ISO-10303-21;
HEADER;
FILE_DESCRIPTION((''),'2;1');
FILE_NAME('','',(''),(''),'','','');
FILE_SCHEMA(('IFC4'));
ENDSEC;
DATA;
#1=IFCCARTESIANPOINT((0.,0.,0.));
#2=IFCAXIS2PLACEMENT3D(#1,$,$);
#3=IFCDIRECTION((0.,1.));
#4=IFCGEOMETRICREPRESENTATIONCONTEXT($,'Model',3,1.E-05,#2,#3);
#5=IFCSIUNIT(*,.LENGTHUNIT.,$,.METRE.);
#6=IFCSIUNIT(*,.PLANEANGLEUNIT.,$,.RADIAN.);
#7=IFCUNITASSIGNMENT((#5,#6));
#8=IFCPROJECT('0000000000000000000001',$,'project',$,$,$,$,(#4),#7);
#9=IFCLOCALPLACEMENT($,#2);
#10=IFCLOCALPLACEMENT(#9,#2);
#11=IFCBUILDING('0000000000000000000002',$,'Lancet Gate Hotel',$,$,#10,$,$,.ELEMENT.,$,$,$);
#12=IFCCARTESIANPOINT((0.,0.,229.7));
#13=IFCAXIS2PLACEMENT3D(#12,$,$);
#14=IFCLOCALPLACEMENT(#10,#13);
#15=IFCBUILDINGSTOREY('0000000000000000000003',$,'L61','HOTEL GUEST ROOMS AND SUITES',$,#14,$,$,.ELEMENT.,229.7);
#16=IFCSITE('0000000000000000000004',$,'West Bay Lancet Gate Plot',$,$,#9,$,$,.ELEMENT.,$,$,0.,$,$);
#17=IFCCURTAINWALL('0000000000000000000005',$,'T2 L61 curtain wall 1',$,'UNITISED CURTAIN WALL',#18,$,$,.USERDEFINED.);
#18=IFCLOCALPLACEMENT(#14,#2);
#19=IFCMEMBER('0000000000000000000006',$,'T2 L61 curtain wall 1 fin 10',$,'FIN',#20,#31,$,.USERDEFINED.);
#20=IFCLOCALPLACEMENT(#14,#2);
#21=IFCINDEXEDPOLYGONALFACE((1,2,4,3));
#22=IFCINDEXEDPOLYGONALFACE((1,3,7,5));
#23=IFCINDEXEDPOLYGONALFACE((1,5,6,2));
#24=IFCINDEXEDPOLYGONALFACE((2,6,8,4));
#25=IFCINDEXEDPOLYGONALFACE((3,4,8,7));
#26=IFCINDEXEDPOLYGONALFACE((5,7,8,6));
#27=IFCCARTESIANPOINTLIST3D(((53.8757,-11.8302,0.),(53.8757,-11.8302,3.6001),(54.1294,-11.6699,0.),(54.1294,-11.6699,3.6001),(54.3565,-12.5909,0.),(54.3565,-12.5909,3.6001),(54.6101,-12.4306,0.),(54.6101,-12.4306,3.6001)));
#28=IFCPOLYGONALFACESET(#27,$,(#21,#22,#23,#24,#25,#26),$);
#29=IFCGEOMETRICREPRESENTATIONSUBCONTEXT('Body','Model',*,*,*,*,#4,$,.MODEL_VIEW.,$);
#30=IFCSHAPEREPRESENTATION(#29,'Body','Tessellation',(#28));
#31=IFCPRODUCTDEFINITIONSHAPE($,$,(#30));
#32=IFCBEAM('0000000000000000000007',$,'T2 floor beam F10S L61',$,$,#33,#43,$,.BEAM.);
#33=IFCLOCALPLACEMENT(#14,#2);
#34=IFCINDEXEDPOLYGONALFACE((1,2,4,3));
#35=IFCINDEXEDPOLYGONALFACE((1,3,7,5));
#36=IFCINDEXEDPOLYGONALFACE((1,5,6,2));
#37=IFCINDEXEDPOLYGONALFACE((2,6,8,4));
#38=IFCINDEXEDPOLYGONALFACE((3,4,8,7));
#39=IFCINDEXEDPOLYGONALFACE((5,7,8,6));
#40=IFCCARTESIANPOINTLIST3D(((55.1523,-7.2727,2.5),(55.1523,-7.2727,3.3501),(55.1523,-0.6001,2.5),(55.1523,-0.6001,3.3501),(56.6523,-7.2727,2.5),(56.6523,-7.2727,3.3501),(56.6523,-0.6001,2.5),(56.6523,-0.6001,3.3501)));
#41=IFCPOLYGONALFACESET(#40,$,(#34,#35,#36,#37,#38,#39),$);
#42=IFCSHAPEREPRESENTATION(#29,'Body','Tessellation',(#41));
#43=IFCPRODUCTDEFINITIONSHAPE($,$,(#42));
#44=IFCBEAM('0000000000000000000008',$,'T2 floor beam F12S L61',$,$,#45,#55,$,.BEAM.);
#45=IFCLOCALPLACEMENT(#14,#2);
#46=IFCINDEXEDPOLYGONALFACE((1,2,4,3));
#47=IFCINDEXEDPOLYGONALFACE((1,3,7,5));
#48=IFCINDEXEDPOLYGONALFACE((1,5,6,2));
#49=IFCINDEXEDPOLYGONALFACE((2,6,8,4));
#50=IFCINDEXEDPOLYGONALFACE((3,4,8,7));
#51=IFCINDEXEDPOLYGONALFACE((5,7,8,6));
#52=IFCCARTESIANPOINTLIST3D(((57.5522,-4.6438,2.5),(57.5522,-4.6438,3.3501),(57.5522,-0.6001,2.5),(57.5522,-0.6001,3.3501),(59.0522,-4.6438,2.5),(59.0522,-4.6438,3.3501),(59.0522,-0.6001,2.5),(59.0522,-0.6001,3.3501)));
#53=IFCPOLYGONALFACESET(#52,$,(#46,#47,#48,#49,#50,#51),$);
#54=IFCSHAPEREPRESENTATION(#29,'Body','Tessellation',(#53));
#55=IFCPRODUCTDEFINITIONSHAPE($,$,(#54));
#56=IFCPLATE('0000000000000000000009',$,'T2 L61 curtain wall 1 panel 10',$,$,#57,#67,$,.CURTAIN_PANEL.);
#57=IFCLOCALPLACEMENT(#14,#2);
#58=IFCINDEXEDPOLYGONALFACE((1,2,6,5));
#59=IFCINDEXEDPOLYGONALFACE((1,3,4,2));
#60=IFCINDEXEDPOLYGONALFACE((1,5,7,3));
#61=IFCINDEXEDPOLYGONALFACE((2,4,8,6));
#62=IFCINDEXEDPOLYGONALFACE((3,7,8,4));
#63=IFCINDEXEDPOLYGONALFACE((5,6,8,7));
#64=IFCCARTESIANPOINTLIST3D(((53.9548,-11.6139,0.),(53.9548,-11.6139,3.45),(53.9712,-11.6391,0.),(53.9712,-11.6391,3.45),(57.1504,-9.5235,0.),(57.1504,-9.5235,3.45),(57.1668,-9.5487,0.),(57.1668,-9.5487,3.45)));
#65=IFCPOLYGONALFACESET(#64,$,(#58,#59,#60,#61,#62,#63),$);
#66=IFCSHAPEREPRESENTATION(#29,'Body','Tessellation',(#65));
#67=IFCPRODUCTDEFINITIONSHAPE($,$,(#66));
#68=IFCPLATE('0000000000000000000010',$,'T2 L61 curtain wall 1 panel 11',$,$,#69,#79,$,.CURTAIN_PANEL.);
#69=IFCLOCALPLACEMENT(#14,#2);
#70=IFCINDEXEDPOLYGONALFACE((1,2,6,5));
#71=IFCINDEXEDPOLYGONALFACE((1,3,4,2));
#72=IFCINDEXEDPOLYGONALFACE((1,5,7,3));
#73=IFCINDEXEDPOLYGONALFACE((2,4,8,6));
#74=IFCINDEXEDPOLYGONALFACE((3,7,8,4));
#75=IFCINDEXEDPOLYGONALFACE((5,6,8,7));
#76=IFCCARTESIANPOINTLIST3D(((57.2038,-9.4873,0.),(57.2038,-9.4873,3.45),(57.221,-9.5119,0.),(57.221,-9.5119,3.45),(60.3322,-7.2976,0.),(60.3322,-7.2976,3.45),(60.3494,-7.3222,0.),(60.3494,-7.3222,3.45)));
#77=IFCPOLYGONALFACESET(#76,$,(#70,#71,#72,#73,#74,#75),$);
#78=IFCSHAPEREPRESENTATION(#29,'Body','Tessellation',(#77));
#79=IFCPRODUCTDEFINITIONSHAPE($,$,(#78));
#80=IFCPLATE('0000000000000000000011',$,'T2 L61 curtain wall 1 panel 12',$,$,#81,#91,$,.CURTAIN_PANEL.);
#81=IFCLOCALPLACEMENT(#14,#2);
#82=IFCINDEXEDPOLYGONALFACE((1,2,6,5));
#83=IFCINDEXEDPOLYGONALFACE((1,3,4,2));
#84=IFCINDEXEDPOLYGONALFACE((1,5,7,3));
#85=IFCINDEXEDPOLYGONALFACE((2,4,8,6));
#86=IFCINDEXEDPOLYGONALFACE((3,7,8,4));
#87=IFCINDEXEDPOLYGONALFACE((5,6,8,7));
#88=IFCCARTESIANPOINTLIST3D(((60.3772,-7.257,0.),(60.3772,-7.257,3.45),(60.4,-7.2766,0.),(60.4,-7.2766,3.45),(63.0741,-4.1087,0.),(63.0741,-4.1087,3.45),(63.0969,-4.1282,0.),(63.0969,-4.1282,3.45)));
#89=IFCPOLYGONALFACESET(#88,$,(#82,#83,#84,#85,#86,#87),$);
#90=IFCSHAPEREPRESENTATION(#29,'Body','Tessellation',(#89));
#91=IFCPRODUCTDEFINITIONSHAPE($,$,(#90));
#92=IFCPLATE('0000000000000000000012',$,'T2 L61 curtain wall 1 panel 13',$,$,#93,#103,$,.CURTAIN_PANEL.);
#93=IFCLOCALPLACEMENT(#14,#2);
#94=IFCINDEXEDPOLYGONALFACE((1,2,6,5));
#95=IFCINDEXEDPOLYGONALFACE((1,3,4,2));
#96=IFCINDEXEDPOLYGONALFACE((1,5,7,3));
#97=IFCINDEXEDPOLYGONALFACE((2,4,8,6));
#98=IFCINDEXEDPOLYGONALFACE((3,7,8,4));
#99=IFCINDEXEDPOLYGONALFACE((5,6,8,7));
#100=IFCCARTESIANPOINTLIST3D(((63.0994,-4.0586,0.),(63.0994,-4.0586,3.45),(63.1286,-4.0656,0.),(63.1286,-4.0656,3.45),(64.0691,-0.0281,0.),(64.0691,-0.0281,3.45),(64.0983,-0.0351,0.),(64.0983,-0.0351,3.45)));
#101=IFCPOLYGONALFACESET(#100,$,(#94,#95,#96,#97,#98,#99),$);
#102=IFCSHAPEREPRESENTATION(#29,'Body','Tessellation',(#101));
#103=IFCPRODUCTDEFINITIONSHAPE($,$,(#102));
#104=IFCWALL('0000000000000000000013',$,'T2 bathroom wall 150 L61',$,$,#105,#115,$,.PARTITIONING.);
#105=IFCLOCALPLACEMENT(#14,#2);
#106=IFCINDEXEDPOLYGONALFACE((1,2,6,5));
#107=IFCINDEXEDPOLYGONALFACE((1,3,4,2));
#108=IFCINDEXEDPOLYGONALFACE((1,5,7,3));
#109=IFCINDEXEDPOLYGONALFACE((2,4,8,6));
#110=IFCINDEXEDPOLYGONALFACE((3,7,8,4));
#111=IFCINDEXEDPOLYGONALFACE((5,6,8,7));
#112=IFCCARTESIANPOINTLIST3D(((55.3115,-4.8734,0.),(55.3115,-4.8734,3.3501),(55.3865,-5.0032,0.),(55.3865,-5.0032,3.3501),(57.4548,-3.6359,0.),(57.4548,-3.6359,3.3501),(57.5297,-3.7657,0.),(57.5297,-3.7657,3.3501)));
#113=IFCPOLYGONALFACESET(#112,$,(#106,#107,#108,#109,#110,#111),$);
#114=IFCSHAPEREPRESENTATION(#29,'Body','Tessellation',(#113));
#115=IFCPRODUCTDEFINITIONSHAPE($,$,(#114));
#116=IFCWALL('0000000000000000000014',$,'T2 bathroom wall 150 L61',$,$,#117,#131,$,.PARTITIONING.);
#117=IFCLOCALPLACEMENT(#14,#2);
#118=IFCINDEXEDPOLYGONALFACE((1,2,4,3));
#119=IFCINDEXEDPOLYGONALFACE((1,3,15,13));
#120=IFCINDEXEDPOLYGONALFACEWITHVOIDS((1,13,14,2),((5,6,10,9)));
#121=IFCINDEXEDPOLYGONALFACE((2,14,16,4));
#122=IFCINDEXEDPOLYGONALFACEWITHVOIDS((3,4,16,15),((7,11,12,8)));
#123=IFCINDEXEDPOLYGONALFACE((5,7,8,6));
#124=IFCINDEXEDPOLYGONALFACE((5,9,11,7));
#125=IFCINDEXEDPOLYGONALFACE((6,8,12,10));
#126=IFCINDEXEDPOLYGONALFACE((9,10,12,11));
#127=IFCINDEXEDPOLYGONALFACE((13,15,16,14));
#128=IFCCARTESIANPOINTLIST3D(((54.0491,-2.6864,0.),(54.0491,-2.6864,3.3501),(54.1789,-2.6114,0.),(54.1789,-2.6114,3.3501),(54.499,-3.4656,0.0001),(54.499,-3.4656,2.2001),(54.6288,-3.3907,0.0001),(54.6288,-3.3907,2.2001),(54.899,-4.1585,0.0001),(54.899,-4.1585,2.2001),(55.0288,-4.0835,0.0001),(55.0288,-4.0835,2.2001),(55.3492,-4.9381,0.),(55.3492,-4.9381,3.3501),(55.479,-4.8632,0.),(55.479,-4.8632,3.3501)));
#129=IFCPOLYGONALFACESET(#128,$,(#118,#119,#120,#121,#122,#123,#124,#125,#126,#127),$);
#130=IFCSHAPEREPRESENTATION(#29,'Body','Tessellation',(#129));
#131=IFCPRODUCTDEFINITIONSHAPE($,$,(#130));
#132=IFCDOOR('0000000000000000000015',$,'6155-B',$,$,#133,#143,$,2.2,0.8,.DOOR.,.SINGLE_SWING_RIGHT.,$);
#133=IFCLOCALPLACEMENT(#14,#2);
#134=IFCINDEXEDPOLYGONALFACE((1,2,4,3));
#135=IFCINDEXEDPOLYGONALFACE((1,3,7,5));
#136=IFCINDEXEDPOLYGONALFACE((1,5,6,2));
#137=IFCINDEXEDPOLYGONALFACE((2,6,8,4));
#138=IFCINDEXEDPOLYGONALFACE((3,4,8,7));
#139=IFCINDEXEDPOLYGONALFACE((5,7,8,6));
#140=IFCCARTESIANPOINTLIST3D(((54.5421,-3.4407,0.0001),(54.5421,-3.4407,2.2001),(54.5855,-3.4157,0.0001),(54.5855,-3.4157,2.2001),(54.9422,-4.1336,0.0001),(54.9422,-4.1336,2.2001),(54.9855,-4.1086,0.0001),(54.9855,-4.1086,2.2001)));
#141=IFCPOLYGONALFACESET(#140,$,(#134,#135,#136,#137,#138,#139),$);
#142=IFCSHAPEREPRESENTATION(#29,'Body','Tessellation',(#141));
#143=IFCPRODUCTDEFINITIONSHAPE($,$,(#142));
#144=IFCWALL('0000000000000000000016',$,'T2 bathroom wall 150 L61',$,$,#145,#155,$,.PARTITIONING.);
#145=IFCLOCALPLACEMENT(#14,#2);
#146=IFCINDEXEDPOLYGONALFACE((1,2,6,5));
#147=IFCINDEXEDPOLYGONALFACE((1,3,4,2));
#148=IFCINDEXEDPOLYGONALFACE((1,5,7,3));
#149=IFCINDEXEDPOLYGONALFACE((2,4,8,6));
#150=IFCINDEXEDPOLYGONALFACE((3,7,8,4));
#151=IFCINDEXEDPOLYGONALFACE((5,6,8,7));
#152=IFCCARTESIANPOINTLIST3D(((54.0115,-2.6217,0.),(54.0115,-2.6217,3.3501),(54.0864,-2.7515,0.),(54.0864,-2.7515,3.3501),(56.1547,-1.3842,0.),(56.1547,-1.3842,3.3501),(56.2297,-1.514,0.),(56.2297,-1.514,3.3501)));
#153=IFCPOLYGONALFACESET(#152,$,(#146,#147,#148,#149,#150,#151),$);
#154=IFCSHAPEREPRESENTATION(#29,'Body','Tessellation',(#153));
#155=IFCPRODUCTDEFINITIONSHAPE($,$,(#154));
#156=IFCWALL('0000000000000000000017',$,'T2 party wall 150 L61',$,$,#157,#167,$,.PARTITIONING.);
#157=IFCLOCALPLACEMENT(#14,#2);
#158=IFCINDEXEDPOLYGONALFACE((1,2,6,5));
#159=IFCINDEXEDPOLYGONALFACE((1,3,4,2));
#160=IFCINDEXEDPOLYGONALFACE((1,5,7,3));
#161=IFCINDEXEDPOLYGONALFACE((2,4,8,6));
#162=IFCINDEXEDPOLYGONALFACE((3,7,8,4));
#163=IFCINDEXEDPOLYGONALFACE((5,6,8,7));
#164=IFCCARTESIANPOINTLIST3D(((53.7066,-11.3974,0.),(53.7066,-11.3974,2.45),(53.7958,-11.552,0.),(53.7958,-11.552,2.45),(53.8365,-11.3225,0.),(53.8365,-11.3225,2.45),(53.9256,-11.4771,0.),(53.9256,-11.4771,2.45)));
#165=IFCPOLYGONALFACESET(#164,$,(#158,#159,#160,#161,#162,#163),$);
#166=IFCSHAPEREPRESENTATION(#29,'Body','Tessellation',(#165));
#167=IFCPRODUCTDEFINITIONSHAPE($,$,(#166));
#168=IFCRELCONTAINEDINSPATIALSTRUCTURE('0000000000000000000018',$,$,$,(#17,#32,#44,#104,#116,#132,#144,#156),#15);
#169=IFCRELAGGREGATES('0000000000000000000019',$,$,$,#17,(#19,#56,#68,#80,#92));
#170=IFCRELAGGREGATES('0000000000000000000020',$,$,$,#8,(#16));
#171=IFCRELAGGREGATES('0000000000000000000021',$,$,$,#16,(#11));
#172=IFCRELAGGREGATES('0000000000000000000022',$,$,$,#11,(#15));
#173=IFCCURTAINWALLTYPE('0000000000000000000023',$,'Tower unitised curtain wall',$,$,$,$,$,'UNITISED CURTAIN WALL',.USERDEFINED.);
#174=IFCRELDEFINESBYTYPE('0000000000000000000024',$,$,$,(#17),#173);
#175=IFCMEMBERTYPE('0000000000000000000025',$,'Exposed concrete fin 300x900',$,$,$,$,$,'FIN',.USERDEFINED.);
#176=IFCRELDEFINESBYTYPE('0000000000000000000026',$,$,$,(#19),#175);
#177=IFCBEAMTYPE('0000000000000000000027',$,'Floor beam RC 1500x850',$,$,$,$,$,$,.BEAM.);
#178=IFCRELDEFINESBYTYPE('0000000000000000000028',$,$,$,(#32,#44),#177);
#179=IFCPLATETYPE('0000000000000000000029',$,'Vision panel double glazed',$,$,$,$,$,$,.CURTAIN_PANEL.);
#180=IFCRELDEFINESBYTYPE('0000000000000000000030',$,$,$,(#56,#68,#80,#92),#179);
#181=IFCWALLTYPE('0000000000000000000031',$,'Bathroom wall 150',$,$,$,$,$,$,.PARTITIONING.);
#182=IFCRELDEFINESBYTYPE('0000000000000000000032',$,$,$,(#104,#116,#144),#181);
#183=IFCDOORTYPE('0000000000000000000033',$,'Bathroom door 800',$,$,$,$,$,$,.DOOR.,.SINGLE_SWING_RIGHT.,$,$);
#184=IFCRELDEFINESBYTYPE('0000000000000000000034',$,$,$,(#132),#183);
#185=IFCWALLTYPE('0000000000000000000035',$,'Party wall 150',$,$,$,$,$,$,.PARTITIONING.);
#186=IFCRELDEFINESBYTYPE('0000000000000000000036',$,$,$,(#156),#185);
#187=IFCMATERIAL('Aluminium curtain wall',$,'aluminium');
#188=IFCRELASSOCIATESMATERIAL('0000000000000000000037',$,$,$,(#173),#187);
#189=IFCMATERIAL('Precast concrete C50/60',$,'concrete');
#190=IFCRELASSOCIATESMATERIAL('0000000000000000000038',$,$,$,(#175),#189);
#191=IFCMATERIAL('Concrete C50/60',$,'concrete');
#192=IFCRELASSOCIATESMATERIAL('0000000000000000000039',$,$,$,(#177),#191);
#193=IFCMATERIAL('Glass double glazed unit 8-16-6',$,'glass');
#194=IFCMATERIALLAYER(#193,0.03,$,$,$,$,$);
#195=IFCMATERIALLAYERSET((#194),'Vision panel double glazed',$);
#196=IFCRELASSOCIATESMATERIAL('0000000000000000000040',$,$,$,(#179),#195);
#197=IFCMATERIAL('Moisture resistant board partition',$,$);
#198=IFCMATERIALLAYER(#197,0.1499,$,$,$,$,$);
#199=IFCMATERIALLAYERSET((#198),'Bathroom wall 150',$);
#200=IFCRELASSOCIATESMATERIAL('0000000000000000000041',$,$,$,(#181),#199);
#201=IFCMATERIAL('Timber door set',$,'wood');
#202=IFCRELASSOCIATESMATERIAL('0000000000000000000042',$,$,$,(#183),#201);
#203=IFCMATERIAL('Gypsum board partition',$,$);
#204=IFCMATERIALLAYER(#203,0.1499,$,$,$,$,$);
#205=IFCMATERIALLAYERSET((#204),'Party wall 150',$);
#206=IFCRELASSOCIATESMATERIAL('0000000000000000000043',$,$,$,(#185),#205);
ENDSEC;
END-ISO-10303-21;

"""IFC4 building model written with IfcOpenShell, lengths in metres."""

from ifc_helpers import new_model, si_unit, direction, frame, frame_2d, origin, origin_2d, place, context, subcontext, project, spatial, rectangle, extrude, material, layer, layer_set, material_profile, profile_set, type_object, element, fill, aggregate, save


model = new_model("IFC4")

# Units and contexts
model_context = context("Model", 3, precision=1e-05, world=origin(), true_north=direction((0.0, 1.0)))
body_context = subcontext(model_context, "Body", "Model", "MODEL_VIEW")
ifc_project = project(units=[si_unit("LENGTHUNIT", "METRE"), si_unit("PLANEANGLEUNIT", "RADIAN")], contexts=[model_context])

# Site, building, storey
site_placement = place(None, origin())
site = spatial("IfcSite", under=ifc_project, at=site_placement, Name="West Bay Lancet Gate Plot", CompositionType="ELEMENT", RefElevation=0.0)
building_placement = place(site_placement, origin())
building = spatial("IfcBuilding", under=site, at=building_placement, Name="Lancet Gate Hotel", CompositionType="ELEMENT")
storey_placement = place(building_placement, frame((0.0, 0.0, 229.7)))
storey = spatial("IfcBuildingStorey", under=building, at=storey_placement, Name="L61", Description="HOTEL GUEST ROOMS AND SUITES", CompositionType="ELEMENT", Elevation=229.7)

# Curtain wall
ifc_material_1 = material(Name="Aluminium curtain wall", Category="aluminium")
curtain_wall_type = type_object("IfcCurtainWallType", Name="Tower unitised curtain wall", ElementType="UNITISED CURTAIN WALL", PredefinedType="USERDEFINED", material=ifc_material_1)
curtain_wall_placement = place(storey_placement, origin())
curtain_wall = element("IfcCurtainWall", 1, at=curtain_wall_placement, inside=storey, type_object=curtain_wall_type, Name="T2 L61 curtain wall 1", ObjectType="UNITISED CURTAIN WALL", PredefinedType="USERDEFINED")

# Member
ifc_material_2 = material(Name="Precast concrete C50/60", Category="concrete")
ifc_material_profile_1 = material_profile(ifc_material_2, rectangle(XDim=0.3, YDim=0.8999, at=origin_2d()), Name="FIN 300x900")
ifc_profile_set_1 = profile_set([ifc_material_profile_1], Name="Precast concrete C50/60")
member_type_1 = type_object("IfcMemberType", Name="Exposed concrete fin 300x900", ElementType="FIN", PredefinedType="USERDEFINED", material=ifc_profile_set_1)
member_1_placement = place(storey_placement, frame((54.2429, -12.1304, 0.0), z_axis=(0.0, 0.0, 1.0), x_axis=(0.84534, 0.534229, 0.0)))
member_1 = element("IfcMember", 2, at=member_1_placement, type_object=member_type_1, Name="T2 L61 curtain wall 1 fin 10", ObjectType="FIN", PredefinedType="USERDEFINED", context=body_context, shape_type="SweptSolid", body=[
    extrude(rectangle(XDim=0.3, YDim=0.8999, at=origin_2d()), origin(), (0.0, 0.0, 1.0), 3.6001),
])

# Beams
ifc_material_3 = material(Name="Concrete C50/60", Category="concrete")
ifc_material_profile_2 = material_profile(ifc_material_3, rectangle(XDim=1.5, YDim=0.8501, at=origin_2d()), Name="RC 1500x850")
ifc_profile_set_2 = profile_set([ifc_material_profile_2], Name="Concrete C50/60")
beam_type_1 = type_object("IfcBeamType", Name="Floor beam RC 1500x850", PredefinedType="BEAM", material=ifc_profile_set_2)
beam_1_placement = place(storey_placement, frame((55.9023, -7.2727, 2.925), z_axis=(0.0, 1.0, 0.0), x_axis=(-1.0, 0.0, 0.0)))
element("IfcBeam", 3, at=beam_1_placement, inside=storey, type_object=beam_type_1, Name="T2 floor beam F10S L61", PredefinedType="BEAM", context=body_context, shape_type="SweptSolid", body=[
    extrude(rectangle(XDim=1.5, YDim=0.8501, at=origin_2d()), origin(), (0.0, 0.0, 1.0), 6.6726),
])
beam_2_placement = place(storey_placement, frame((58.3022, -4.6438, 2.925), z_axis=(0.0, 1.0, 0.0), x_axis=(-1.0, 0.0, 0.0)))
element("IfcBeam", 4, at=beam_2_placement, inside=storey, type_object=beam_type_1, Name="T2 floor beam F12S L61", PredefinedType="BEAM", context=body_context, shape_type="SweptSolid", body=[
    extrude(rectangle(XDim=1.5, YDim=0.8501, at=origin_2d()), origin(), (0.0, 0.0, 1.0), 4.0437),
])

# Plates
ifc_material_4 = material(Name="Glass double glazed unit 8-16-6", Category="glass")
ifc_layer_1 = layer(ifc_material_4, 0.03)
ifc_layer_set_1 = layer_set([ifc_layer_1], Name="Vision panel double glazed")
plate_type = type_object("IfcPlateType", Name="Vision panel double glazed", PredefinedType="CURTAIN_PANEL", material=ifc_layer_set_1)
plate_1_placement = place(storey_placement, frame((55.5608, -10.5813, 0.0), z_axis=(0.0, 0.0, 1.0), x_axis=(0.83685, 0.547432, 0.0)))
plate_1 = element("IfcPlate", 5, at=plate_1_placement, type_object=plate_type, Name="T2 L61 curtain wall 1 panel 10", PredefinedType="CURTAIN_PANEL", context=body_context, shape_type="SweptSolid", body=[
    extrude(rectangle(XDim=3.8186, YDim=0.03, at=origin_2d()), origin(), (0.0, 0.0, 1.0), 3.45),
])
plate_2_placement = place(storey_placement, frame((58.7766, -8.4048, 0.0), z_axis=(0.0, 0.0, 1.0), x_axis=(0.819255, 0.573429, 0.0)))
plate_2 = element("IfcPlate", 6, at=plate_2_placement, type_object=plate_type, Name="T2 L61 curtain wall 1 panel 11", PredefinedType="CURTAIN_PANEL", context=body_context, shape_type="SweptSolid", body=[
    extrude(rectangle(XDim=3.8186, YDim=0.03, at=origin_2d()), origin(), (0.0, 0.0, 1.0), 3.45),
])
plate_3_placement = place(storey_placement, frame((61.7371, -5.6926, 0.0), z_axis=(0.0, 0.0, 1.0), x_axis=(0.650552, 0.759462, 0.0)))
plate_3 = element("IfcPlate", 7, at=plate_3_placement, type_object=plate_type, Name="T2 L61 curtain wall 1 panel 12", PredefinedType="CURTAIN_PANEL", context=body_context, shape_type="SweptSolid", body=[
    extrude(rectangle(XDim=4.1455, YDim=0.03, at=origin_2d()), origin(), (0.0, 0.0, 1.0), 3.45),
])
plate_4_placement = place(storey_placement, frame((63.5989, -2.0469, 0.0), z_axis=(0.0, 0.0, 1.0), x_axis=(0.233916, 0.972257, 0.0)))
plate_4 = element("IfcPlate", 8, at=plate_4_placement, type_object=plate_type, Name="T2 L61 curtain wall 1 panel 13", PredefinedType="CURTAIN_PANEL", context=body_context, shape_type="SweptSolid", body=[
    extrude(rectangle(XDim=4.1455, YDim=0.03, at=origin_2d()), origin(), (0.0, 0.0, 1.0), 3.45),
])
aggregate(curtain_wall, [member_1, plate_1, plate_2, plate_3, plate_4])

# Wall
ifc_material_5 = material(Name="Moisture resistant board partition")
ifc_layer_2 = layer(ifc_material_5, 0.1499)
ifc_layer_set_2 = layer_set([ifc_layer_2], Name="Bathroom wall 150")
wall_type_1 = type_object("IfcWallType", Name="Bathroom wall 150", PredefinedType="PARTITIONING", material=ifc_layer_set_2)
wall_1_placement = place(storey_placement, frame((55.3491, -4.9382, 0.0), z_axis=(0.0, 0.0, 1.0), x_axis=(0.866007, 0.500033, 0.0)))
element("IfcWall", 9, at=wall_1_placement, inside=storey, type_object=wall_type_1, Name="T2 bathroom wall 150 L61", PredefinedType="PARTITIONING", context=body_context, shape_type="SweptSolid", body=[
    extrude(rectangle(XDim=2.4749, YDim=0.1499, at=frame_2d((1.2373, 0.0))), origin(), (0.0, 0.0, 1.0), 3.3501),
])

# Wall, opening, door
wall_2_placement = place(storey_placement, frame((54.114, -2.6489, 0.0), z_axis=(0.0, 0.0, 1.0), x_axis=(0.500007, -0.866021, 0.0)))
wall_2 = element("IfcWall", 10, at=wall_2_placement, inside=storey, type_object=wall_type_1, Name="T2 bathroom wall 150 L61", PredefinedType="PARTITIONING", context=body_context, shape_type="SweptSolid", body=[
    extrude(rectangle(XDim=2.6001, YDim=0.1499, at=frame_2d((1.3, 0.0))), origin(), (0.0, 0.0, 1.0), 3.3501),
])
opening_placement = place(wall_2_placement, frame((0.8999, 0.0, 0.0)))
opening = element("IfcOpeningElement", 11, at=opening_placement, cuts=wall_2, PredefinedType="OPENING", context=body_context, shape_type="SweptSolid", body=[
    extrude(rectangle(XDim=0.8, YDim=2.2, at=frame_2d((0.3999, 1.1001))), frame((0.0, 0.085, 0.0), z_axis=(0.0, -1.0, 0.0), x_axis=(1.0, 0.0, 0.0)), (0.0, 0.0, 1.0), 0.1699),
])
ifc_material_6 = material(Name="Timber door set", Category="wood")
door_type = type_object("IfcDoorType", Name="Bathroom door 800", OperationType="SINGLE_SWING_RIGHT", PredefinedType="DOOR", material=ifc_material_6)
door_placement = place(opening_placement, origin())
door = element("IfcDoor", 12, at=door_placement, inside=storey, type_object=door_type, Name="6155-B", OperationType="SINGLE_SWING_RIGHT", OverallHeight=2.2, OverallWidth=0.8, PredefinedType="DOOR", context=body_context, shape_type="SweptSolid", body=[
    extrude(rectangle(XDim=0.8, YDim=2.2, at=frame_2d((0.3999, 1.1001))), frame((0.0, 0.0249, 0.0), z_axis=(0.0, -1.0, 0.0), x_axis=(1.0, 0.0, 0.0)), (0.0, 0.0, 1.0), 0.05),
])
fill(opening, door)

# Walls
wall_3_placement = place(storey_placement, frame((54.0491, -2.6865, 0.0), z_axis=(0.0, 0.0, 1.0), x_axis=(0.866007, 0.500033, 0.0)))
element("IfcWall", 13, at=wall_3_placement, inside=storey, type_object=wall_type_1, Name="T2 bathroom wall 150 L61", PredefinedType="PARTITIONING", context=body_context, shape_type="SweptSolid", body=[
    extrude(rectangle(XDim=2.4749, YDim=0.1499, at=frame_2d((1.2373, 0.0))), origin(), (0.0, 0.0, 1.0), 3.3501),
])
ifc_material_7 = material(Name="Gypsum board partition")
ifc_layer_3 = layer(ifc_material_7, 0.1499)
ifc_layer_set_3 = layer_set([ifc_layer_3], Name="Party wall 150")
wall_type_2 = type_object("IfcWallType", Name="Party wall 150", PredefinedType="PARTITIONING", material=ifc_layer_set_3)
wall_4_placement = place(storey_placement, frame((53.7715, -11.3599, 0.0), z_axis=(0.0, 0.0, 1.0), x_axis=(0.499525, -0.866299, 0.0)))
element("IfcWall", 14, at=wall_4_placement, inside=storey, type_object=wall_type_2, Name="T2 party wall 150 L61", PredefinedType="PARTITIONING", context=body_context, shape_type="SweptSolid", body=[
    extrude(rectangle(XDim=0.1785, YDim=0.1499, at=frame_2d((0.0894, 0.0))), origin(), (0.0, 0.0, 1.0), 2.45),
])

save(model, "model.ifc")
